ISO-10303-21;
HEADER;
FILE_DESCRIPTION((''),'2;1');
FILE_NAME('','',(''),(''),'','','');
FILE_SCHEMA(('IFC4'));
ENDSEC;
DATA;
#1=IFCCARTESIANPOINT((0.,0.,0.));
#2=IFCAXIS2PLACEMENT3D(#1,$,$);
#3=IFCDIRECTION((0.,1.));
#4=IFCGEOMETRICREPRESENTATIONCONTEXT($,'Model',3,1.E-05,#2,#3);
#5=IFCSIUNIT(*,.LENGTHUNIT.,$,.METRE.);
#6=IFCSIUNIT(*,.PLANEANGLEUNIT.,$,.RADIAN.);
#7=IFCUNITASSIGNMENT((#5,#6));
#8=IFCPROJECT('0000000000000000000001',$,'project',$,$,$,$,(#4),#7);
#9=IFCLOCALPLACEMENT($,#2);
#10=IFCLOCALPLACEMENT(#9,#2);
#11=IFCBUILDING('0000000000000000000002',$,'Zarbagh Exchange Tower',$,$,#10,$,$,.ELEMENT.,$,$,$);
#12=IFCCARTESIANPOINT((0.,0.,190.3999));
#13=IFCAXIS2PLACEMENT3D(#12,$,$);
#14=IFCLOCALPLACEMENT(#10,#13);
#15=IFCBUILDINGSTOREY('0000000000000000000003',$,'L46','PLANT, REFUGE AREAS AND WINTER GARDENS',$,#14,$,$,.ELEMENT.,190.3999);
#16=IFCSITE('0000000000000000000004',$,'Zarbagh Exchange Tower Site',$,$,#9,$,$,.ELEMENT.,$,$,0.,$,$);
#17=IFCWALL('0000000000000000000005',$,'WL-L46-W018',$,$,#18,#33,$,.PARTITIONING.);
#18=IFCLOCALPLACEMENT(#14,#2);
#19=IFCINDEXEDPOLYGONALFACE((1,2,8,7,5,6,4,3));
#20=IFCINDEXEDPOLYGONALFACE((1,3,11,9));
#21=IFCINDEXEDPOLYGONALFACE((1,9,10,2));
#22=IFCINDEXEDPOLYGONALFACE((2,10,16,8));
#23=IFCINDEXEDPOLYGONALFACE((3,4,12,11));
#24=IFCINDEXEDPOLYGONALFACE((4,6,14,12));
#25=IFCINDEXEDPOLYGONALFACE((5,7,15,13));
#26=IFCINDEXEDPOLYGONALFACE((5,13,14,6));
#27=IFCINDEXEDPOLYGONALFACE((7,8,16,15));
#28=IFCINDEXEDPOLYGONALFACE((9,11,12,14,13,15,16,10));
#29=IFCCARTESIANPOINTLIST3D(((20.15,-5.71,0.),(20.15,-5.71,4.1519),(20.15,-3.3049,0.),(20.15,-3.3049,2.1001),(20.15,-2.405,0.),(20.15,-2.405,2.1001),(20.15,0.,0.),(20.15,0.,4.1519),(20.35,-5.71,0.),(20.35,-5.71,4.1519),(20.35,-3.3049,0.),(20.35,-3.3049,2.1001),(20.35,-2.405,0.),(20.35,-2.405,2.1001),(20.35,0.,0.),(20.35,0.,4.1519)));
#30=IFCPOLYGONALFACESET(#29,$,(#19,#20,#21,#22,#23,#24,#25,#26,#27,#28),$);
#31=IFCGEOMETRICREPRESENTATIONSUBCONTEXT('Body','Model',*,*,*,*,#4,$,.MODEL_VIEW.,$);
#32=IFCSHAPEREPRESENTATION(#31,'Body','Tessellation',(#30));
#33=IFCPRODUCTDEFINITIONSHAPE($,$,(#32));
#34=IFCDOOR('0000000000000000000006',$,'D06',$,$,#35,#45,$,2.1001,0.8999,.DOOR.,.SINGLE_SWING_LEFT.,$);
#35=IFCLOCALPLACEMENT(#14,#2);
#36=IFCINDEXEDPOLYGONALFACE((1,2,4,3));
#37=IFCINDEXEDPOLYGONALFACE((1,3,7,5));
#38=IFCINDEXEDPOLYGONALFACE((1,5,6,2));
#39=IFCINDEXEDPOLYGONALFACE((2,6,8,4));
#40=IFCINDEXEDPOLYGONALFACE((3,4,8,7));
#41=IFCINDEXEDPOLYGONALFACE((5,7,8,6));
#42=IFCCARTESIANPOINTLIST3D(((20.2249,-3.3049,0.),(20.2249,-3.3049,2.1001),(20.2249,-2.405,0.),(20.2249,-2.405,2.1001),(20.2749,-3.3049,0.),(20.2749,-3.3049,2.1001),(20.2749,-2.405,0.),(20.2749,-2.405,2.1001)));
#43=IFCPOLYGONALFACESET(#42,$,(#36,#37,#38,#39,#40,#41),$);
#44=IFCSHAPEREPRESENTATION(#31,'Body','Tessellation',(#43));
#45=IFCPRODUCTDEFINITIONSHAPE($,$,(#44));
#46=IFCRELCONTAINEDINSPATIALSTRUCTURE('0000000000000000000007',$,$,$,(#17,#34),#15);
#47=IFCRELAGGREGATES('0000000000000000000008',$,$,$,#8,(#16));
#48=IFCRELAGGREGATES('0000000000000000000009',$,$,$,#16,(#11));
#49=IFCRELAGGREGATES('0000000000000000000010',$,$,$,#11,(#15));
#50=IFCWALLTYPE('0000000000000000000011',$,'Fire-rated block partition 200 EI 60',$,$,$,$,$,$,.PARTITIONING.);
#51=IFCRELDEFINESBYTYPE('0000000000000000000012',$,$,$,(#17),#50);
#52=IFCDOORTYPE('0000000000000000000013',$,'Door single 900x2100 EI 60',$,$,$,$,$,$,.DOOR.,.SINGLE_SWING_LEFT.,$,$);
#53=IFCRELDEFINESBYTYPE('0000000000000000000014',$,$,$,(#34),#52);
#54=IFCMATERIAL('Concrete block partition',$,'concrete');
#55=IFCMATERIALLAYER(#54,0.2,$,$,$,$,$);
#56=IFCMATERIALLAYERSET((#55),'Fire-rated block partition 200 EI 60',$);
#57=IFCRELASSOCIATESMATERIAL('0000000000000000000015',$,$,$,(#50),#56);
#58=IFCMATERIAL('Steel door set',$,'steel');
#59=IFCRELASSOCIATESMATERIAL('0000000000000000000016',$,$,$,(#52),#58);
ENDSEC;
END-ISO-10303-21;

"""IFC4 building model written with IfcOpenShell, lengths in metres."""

from ifc_helpers import new_model, si_unit, direction, frame, frame_2d, origin, place, context, subcontext, project, spatial, rectangle, extrude, material, layer, layer_set, type_object, element, fill, save


model = new_model("IFC4")

# Units and contexts
model_context = context("Model", 3, precision=1e-05, world=origin(), true_north=direction((0.0, 1.0)))
body_context = subcontext(model_context, "Body", "Model", "MODEL_VIEW")
ifc_project = project(units=[si_unit("LENGTHUNIT", "METRE"), si_unit("PLANEANGLEUNIT", "RADIAN")], contexts=[model_context])

# Site, building, storey
site_placement = place(None, origin())
site = spatial("IfcSite", under=ifc_project, at=site_placement, Name="Zarbagh Exchange Tower Site", CompositionType="ELEMENT", RefElevation=0.0)
building_placement = place(site_placement, origin())
building = spatial("IfcBuilding", under=site, at=building_placement, Name="Zarbagh Exchange Tower", CompositionType="ELEMENT")
storey_placement = place(building_placement, frame((0.0, 0.0, 190.3999)))
storey = spatial("IfcBuildingStorey", under=building, at=storey_placement, Name="L46", Description="PLANT, REFUGE AREAS AND WINTER GARDENS", CompositionType="ELEMENT", Elevation=190.3999)

# Shared definitions
ifc_material_1 = material(Name="Concrete block partition", Category="concrete")
ifc_material_2 = material(Name="Steel door set", Category="steel")

# Wall, opening, door
ifc_layer_1 = layer(ifc_material_1, 0.2)
ifc_layer_set_1 = layer_set([ifc_layer_1], Name="Fire-rated block partition 200 EI 60")
wall_type_1 = type_object("IfcWallType", Name="Fire-rated block partition 200 EI 60", PredefinedType="PARTITIONING", material=ifc_layer_set_1)
wall_1_placement = place(storey_placement, frame((20.25, 0.0, 0.0), z_axis=(0.0, 0.0, 1.0), x_axis=(0.0, -1.0, 0.0)))
wall_1 = element("IfcWall", 1, at=wall_1_placement, inside=storey, type_object=wall_type_1, Name="WL-L46-W018", PredefinedType="PARTITIONING", context=body_context, shape_type="SweptSolid", body=[
    extrude(rectangle(XDim=5.71, YDim=0.2, at=frame_2d((2.855, 0.0))), origin(), (0.0, 0.0, 1.0), 4.1519),
])
opening_1_placement = place(wall_1_placement, frame((2.405, 0.0, 0.0)))
opening_1 = element("IfcOpeningElement", 2, at=opening_1_placement, cuts=wall_1, PredefinedType="OPENING", context=body_context, shape_type="SweptSolid", body=[
    extrude(rectangle(XDim=0.8999, YDim=2.1001, at=frame_2d((0.45, 1.05))), frame((0.0, 0.1099, 0.0), z_axis=(0.0, -1.0, 0.0), x_axis=(1.0, 0.0, 0.0)), (0.0, 0.0, 1.0), 0.22),
])
door_type_1 = type_object("IfcDoorType", Name="Door single 900x2100 EI 60", OperationType="SINGLE_SWING_LEFT", PredefinedType="DOOR", material=ifc_material_2)
door_1_placement = place(opening_1_placement, origin())
door_1 = element("IfcDoor", 3, at=door_1_placement, inside=storey, type_object=door_type_1, Name="D06", OperationType="SINGLE_SWING_LEFT", OverallHeight=2.1001, OverallWidth=0.8999, PredefinedType="DOOR", context=body_context, shape_type="SweptSolid", body=[
    extrude(rectangle(XDim=0.8999, YDim=2.1001, at=frame_2d((0.45, 1.05))), frame((0.0, 0.0249, 0.0), z_axis=(0.0, -1.0, 0.0), x_axis=(1.0, 0.0, 0.0)), (0.0, 0.0, 1.0), 0.05),
])
fill(opening_1, door_1)

save(model, "model.ifc")
